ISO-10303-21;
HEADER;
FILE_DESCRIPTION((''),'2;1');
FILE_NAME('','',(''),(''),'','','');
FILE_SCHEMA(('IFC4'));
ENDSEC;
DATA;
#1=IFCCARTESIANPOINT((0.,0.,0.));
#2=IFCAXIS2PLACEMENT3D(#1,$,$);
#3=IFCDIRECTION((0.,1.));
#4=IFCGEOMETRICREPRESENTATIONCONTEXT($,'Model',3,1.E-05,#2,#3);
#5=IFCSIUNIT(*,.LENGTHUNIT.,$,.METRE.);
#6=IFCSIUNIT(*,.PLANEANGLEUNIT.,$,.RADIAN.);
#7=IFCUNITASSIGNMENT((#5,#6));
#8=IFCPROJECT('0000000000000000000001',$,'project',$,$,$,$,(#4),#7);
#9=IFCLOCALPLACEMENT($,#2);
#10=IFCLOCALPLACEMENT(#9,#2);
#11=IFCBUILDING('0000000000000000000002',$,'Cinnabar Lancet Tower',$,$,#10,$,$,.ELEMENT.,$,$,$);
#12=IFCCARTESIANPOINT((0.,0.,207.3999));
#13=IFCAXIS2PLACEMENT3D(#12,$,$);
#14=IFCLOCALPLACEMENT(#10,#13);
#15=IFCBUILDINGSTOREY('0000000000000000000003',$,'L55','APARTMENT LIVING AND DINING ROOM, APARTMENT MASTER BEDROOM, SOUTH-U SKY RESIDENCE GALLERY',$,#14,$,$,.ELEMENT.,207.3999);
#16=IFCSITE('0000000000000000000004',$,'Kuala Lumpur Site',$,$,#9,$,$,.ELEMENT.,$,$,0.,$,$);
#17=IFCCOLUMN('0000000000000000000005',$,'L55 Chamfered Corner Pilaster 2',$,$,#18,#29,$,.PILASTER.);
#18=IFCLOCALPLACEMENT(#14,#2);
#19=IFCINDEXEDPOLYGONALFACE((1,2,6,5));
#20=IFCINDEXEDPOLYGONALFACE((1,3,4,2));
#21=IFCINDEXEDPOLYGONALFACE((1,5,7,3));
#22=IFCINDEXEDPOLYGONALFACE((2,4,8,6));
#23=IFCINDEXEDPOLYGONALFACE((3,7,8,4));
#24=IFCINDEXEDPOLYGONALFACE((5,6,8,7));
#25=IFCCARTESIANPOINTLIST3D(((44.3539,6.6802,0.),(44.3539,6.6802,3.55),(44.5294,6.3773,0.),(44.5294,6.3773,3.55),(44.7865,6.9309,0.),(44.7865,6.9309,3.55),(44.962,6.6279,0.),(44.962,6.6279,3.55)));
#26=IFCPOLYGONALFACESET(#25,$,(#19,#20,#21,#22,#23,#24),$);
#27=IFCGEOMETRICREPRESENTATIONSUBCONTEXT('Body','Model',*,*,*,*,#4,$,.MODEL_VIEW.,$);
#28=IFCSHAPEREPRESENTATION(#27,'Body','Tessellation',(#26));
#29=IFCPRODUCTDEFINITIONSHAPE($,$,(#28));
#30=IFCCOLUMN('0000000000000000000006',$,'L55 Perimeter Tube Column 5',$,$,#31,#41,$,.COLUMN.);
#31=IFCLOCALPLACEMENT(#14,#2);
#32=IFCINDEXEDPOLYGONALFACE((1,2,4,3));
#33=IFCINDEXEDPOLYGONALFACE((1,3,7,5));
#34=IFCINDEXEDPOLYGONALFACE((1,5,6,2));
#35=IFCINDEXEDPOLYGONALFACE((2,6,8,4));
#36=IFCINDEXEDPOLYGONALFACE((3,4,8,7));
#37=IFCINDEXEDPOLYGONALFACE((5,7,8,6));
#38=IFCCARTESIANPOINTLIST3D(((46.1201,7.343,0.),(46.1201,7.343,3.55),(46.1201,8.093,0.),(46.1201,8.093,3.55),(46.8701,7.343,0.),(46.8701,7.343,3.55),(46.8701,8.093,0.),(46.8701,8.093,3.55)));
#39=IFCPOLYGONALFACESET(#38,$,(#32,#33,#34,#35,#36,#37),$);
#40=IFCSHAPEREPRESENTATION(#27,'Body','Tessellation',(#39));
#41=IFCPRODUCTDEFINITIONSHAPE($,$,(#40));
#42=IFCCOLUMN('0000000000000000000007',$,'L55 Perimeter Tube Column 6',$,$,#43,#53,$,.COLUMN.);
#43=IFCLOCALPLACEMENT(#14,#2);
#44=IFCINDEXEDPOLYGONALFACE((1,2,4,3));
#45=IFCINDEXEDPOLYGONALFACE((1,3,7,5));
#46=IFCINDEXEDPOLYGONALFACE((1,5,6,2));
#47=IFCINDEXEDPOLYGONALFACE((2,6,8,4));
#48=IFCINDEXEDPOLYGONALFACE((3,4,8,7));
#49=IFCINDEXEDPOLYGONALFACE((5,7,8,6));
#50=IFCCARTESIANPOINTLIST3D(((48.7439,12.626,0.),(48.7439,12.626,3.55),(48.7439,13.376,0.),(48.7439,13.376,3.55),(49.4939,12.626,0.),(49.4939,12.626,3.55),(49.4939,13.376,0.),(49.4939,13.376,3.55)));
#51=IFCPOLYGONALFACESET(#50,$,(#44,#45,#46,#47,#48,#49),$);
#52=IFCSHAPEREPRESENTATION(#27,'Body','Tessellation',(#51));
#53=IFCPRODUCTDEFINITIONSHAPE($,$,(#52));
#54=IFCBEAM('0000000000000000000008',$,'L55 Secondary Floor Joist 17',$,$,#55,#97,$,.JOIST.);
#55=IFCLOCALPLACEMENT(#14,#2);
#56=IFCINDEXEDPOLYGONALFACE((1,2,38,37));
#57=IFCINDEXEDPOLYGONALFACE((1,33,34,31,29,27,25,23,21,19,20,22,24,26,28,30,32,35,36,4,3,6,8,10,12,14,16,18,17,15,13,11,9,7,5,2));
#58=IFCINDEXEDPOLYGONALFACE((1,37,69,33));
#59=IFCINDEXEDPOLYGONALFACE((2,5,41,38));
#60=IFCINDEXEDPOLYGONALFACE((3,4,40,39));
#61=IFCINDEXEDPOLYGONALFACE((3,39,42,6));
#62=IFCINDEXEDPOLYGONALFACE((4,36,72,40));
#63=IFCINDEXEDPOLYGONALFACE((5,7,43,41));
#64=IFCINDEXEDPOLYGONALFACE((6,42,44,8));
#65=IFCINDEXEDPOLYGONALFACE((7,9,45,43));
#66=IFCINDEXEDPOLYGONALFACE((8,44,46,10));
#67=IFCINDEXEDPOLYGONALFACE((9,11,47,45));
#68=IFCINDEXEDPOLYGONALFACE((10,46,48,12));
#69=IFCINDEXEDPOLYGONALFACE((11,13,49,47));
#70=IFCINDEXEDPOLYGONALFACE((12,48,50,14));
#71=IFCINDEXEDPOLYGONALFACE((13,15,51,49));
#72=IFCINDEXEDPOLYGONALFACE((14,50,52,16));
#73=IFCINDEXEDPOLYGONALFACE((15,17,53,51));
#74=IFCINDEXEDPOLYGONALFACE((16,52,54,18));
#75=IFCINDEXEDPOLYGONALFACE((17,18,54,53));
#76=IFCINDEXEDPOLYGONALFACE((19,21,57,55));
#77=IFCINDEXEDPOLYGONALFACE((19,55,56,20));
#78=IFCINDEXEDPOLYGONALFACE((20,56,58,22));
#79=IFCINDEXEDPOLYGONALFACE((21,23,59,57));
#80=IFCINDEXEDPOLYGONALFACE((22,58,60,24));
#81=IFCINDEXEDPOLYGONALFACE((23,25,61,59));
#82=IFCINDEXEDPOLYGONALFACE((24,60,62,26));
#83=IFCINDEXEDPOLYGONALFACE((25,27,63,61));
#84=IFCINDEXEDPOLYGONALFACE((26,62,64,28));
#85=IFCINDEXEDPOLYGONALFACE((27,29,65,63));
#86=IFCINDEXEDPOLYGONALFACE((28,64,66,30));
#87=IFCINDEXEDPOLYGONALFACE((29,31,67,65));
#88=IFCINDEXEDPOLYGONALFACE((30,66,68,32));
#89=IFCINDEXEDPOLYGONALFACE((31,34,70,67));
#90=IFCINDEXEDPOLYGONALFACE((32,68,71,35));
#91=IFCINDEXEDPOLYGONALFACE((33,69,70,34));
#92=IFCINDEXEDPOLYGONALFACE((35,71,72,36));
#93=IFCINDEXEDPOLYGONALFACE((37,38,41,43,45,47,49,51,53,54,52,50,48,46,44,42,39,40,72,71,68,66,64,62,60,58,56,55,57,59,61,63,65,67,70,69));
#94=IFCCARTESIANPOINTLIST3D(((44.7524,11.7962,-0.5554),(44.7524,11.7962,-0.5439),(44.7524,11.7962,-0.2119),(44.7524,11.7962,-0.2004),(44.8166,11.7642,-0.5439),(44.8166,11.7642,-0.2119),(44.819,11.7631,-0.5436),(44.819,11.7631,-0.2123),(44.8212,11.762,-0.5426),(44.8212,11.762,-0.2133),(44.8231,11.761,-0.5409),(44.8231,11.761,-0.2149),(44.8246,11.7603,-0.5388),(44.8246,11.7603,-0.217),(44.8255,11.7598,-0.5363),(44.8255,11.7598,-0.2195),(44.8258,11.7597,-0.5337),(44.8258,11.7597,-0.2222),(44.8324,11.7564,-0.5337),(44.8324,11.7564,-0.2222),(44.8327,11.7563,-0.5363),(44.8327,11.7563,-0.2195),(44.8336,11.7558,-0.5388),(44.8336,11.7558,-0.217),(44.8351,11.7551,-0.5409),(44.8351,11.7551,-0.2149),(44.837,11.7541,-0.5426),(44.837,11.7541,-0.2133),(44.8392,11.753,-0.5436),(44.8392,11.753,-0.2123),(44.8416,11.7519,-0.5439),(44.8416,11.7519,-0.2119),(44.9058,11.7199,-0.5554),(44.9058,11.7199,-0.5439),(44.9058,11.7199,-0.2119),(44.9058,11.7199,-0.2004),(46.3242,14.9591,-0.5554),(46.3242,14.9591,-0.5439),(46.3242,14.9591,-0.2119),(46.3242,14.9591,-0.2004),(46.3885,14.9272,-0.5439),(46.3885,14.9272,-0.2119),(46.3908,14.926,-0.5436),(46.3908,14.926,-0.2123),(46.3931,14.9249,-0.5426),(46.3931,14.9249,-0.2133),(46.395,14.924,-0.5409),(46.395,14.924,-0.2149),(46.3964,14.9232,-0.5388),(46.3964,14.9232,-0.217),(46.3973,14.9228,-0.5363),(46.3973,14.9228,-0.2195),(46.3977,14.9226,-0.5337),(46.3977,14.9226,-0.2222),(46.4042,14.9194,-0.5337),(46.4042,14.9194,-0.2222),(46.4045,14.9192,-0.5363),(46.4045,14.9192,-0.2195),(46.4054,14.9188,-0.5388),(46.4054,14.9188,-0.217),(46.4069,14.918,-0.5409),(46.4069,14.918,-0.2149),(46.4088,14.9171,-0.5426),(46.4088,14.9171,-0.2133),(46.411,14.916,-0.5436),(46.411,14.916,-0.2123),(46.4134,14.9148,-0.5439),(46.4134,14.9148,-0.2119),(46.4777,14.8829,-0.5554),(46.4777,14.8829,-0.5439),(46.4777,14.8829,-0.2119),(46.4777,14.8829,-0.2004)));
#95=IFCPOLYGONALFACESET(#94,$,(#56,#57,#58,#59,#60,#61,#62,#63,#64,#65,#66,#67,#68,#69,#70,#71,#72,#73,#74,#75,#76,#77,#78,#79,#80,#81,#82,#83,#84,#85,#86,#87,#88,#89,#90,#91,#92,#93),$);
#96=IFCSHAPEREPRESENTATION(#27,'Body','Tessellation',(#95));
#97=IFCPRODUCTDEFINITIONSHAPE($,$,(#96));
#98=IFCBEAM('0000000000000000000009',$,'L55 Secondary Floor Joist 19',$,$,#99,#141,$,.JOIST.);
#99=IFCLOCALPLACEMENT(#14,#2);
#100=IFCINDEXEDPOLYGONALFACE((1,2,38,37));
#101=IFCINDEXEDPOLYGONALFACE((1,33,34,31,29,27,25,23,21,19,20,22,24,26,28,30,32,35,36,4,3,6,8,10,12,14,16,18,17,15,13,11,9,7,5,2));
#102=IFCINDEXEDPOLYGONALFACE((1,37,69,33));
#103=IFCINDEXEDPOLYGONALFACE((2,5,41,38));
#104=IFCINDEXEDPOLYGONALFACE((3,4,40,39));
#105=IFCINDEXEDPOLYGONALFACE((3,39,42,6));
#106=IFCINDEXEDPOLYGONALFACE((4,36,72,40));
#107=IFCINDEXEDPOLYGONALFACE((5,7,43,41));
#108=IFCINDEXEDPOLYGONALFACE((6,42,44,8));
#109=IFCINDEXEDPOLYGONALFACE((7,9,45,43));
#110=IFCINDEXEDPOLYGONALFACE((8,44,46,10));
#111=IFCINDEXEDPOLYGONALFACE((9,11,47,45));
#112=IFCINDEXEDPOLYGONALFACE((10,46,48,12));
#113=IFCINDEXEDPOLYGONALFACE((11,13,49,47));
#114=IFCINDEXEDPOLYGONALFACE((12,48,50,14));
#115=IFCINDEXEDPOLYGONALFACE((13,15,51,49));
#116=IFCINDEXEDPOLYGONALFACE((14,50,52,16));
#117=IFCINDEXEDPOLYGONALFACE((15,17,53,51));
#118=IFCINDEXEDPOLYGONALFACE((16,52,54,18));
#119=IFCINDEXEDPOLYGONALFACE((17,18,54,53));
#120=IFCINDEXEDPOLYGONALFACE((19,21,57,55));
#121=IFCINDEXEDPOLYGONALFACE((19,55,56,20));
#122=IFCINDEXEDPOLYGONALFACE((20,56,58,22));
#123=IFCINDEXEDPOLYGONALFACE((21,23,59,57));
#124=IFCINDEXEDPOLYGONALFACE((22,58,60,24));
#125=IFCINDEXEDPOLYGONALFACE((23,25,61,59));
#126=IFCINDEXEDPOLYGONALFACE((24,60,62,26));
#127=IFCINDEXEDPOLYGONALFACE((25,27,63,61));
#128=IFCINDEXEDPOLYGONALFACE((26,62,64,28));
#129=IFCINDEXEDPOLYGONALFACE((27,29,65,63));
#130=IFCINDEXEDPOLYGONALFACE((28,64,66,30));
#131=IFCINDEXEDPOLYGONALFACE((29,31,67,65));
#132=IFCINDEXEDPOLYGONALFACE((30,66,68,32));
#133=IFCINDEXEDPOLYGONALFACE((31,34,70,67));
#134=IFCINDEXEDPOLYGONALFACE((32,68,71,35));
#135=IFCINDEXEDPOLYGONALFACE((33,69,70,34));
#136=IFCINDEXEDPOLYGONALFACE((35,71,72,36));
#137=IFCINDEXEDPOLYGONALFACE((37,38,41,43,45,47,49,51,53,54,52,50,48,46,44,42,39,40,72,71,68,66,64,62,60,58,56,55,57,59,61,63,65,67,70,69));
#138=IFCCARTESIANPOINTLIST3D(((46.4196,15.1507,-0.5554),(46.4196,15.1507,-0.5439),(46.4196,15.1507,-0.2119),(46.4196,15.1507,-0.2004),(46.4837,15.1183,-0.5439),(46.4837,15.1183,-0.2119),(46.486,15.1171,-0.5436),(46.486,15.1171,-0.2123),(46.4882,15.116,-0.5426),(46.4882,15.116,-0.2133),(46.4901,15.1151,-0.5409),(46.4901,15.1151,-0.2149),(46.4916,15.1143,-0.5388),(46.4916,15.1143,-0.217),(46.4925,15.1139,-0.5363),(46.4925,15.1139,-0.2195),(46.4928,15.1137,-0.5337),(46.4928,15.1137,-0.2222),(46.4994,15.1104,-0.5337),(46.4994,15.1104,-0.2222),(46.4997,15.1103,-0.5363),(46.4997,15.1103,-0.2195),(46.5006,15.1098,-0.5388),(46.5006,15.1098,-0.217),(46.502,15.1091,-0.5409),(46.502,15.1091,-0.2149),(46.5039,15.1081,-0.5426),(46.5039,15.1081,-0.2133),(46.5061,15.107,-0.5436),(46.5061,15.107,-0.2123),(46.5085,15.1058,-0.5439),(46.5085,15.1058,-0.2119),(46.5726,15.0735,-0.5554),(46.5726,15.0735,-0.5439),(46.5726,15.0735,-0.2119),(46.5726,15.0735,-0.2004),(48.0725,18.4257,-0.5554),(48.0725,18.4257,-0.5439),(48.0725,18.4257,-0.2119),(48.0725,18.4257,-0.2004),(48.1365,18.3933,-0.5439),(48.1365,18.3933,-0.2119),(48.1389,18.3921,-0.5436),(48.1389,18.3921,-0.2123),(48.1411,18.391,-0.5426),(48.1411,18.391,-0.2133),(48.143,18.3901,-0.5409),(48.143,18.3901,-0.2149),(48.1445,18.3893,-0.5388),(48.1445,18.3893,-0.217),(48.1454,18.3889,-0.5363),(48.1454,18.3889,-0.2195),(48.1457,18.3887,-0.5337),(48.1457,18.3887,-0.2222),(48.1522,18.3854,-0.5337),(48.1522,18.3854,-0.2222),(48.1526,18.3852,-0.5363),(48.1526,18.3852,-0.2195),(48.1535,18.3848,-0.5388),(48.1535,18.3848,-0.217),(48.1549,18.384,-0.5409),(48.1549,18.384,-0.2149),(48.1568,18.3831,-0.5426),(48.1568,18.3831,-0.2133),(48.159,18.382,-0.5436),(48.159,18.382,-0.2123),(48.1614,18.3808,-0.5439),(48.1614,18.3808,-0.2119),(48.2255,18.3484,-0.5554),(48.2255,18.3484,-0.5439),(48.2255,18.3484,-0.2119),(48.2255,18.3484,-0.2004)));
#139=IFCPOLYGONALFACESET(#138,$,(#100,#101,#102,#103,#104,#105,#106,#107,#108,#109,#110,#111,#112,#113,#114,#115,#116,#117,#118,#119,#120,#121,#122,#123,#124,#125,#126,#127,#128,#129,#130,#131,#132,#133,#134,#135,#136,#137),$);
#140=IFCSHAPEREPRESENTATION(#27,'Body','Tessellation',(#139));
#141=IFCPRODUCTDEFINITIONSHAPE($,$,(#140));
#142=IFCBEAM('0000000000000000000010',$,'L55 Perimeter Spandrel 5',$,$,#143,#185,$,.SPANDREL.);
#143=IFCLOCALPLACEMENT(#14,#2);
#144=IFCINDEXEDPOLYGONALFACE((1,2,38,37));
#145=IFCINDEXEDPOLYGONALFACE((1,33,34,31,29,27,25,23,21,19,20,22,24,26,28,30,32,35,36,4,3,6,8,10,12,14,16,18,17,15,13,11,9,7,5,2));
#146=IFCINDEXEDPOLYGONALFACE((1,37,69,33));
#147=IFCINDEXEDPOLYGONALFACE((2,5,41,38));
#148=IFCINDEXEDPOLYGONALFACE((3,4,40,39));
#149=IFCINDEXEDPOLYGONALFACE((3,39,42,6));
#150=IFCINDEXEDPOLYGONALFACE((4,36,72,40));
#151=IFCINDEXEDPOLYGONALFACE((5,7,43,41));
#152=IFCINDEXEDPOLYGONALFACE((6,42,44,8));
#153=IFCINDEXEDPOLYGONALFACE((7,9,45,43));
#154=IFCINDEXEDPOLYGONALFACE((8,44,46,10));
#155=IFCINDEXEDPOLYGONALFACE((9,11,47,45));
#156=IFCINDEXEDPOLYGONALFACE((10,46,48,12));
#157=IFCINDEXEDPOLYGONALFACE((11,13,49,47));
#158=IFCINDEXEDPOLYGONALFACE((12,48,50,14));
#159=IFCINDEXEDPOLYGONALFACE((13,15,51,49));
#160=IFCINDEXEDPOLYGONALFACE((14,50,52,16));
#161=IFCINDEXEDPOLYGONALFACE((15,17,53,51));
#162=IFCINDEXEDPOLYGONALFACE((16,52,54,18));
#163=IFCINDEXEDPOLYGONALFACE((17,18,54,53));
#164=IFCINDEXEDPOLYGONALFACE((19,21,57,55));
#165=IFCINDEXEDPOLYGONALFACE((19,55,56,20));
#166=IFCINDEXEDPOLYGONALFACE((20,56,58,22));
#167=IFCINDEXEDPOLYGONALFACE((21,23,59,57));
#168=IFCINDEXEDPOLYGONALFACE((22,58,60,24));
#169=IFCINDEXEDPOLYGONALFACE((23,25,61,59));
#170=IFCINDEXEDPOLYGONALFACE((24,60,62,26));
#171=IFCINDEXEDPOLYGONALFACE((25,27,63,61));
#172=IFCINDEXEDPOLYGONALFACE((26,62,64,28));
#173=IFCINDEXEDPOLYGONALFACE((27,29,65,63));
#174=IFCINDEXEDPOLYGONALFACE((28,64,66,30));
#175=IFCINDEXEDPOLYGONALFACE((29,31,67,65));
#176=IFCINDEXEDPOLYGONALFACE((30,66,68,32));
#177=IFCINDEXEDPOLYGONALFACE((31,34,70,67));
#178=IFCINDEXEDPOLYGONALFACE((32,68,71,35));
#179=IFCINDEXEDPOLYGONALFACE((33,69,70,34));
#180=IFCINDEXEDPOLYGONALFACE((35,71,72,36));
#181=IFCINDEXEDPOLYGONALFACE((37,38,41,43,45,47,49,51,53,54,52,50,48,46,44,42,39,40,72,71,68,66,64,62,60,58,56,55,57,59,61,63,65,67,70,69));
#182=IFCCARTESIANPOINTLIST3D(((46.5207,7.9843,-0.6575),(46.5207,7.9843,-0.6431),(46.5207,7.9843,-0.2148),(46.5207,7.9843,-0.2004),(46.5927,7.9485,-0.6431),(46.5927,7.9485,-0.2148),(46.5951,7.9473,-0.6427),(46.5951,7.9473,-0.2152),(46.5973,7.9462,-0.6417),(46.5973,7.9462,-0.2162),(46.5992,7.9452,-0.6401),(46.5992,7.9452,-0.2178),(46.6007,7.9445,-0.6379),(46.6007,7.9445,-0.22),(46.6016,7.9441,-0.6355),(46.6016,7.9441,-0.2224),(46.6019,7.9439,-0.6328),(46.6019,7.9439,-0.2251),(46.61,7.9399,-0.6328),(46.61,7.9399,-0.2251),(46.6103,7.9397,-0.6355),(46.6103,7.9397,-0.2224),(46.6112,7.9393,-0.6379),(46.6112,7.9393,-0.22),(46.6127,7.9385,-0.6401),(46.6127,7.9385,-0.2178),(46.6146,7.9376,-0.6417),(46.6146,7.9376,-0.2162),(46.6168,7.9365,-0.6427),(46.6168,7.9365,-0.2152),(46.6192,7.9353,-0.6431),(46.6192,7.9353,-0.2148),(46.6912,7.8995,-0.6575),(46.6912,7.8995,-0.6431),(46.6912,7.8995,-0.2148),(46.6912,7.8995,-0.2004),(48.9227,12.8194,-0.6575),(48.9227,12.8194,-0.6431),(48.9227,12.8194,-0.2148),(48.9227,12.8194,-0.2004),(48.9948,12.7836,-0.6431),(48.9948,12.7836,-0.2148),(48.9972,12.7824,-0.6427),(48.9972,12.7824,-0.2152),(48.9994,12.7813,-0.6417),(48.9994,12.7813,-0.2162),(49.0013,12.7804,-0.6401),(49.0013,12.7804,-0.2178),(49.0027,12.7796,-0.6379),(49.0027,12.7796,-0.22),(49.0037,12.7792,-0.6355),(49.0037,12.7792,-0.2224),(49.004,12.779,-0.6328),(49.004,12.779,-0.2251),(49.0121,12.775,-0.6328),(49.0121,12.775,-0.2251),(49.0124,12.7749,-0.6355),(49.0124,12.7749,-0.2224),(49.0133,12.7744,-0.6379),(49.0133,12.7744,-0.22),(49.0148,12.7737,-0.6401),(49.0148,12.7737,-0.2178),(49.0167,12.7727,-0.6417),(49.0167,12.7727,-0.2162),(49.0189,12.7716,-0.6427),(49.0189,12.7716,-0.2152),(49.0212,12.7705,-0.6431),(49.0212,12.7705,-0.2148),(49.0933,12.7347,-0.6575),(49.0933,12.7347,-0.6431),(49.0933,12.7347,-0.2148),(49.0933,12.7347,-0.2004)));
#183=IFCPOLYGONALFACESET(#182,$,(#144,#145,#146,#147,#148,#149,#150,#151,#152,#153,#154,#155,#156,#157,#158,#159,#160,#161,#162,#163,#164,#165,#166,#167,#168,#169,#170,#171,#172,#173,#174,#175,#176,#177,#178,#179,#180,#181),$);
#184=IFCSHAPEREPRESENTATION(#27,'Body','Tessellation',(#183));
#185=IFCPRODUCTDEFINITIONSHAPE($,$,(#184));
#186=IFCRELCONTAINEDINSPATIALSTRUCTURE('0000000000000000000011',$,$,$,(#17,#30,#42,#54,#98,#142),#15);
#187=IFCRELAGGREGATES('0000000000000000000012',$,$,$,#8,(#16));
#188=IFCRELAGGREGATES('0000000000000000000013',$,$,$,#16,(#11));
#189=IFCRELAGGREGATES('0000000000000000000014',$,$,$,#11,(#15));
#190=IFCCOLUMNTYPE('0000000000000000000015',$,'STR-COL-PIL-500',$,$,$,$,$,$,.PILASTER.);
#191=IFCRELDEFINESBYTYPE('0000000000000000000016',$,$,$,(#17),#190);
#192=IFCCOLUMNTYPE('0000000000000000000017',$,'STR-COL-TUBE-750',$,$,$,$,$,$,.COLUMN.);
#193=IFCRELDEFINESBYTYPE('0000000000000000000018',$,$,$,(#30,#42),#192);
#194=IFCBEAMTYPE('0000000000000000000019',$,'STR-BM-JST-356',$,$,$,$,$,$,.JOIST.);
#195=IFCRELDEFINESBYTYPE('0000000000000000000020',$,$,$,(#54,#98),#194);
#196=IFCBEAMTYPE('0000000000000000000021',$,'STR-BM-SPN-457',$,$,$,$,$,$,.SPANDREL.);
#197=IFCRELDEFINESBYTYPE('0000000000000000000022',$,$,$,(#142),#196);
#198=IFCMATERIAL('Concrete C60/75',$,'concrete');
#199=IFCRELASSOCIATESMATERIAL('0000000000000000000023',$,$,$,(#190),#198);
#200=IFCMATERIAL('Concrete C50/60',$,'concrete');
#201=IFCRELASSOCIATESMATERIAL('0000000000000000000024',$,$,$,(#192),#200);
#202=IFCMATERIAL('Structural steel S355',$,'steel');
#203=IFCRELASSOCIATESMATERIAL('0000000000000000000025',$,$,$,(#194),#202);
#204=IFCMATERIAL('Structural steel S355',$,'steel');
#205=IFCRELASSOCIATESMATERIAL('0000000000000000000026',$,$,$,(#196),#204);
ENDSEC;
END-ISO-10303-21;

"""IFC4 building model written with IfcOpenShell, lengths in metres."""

from ifc_helpers import new_model, si_unit, direction, frame, origin, origin_2d, place, context, subcontext, project, spatial, rectangle, i_section, extrude, material, material_profile, profile_set, type_object, element, save


model = new_model("IFC4")

# Units and contexts
model_context = context("Model", 3, precision=1e-05, world=origin(), true_north=direction((0.0, 1.0)))
body_context = subcontext(model_context, "Body", "Model", "MODEL_VIEW")
ifc_project = project(units=[si_unit("LENGTHUNIT", "METRE"), si_unit("PLANEANGLEUNIT", "RADIAN")], contexts=[model_context])

# Site, building, storey
site_placement = place(None, origin())
site = spatial("IfcSite", under=ifc_project, at=site_placement, Name="Kuala Lumpur Site", CompositionType="ELEMENT", RefElevation=0.0)
building_placement = place(site_placement, origin())
building = spatial("IfcBuilding", under=site, at=building_placement, Name="Cinnabar Lancet Tower", CompositionType="ELEMENT")
storey_placement = place(building_placement, frame((0.0, 0.0, 207.3999)))
storey = spatial("IfcBuildingStorey", under=building, at=storey_placement, Name="L55", Description="APARTMENT LIVING AND DINING ROOM, APARTMENT MASTER BEDROOM, SOUTH-U SKY RESIDENCE GALLERY", CompositionType="ELEMENT", Elevation=207.3999)

# Columns
ifc_material_1 = material(Name="Concrete C60/75", Category="concrete")
ifc_material_profile_1 = material_profile(ifc_material_1, rectangle(XDim=0.5, YDim=0.3501, at=origin_2d()), Name="RC-PIL 500x350")
ifc_profile_set_1 = profile_set([ifc_material_profile_1], Name="Concrete C60/75")
column_type_1 = type_object("IfcColumnType", Name="STR-COL-PIL-500", PredefinedType="PILASTER", material=ifc_profile_set_1)
column_placement = place(storey_placement, frame((44.658, 6.6541, 0.0), z_axis=(0.0, 0.0, 1.0), x_axis=(0.86523, 0.501375, 0.0)))
element("IfcColumn", 1, at=column_placement, inside=storey, type_object=column_type_1, Name="L55 Chamfered Corner Pilaster 2", PredefinedType="PILASTER", context=body_context, shape_type="SweptSolid", body=[
    extrude(rectangle(XDim=0.5, YDim=0.3501, at=origin_2d()), origin(), (0.0, 0.0, 1.0), 3.55),
])
ifc_material_2 = material(Name="Concrete C50/60", Category="concrete")
ifc_material_profile_2 = material_profile(ifc_material_2, rectangle(XDim=0.75, YDim=0.75, at=origin_2d()), Name="RC-COL 750x750")
ifc_profile_set_2 = profile_set([ifc_material_profile_2], Name="Concrete C50/60")
column_type_2 = type_object("IfcColumnType", Name="STR-COL-TUBE-750", PredefinedType="COLUMN", material=ifc_profile_set_2)
for number, where, z_axis, x_axis, name in (
    (2, (46.4951, 7.718, 0.0), (0.0, 0.0, 1.0), (1.0, 0.0, 0.0), "L55 Perimeter Tube Column 5"),
    (3, (49.1189, 13.001, 0.0), (0.0, 0.0, 1.0), (1.0, 0.0, 0.0), "L55 Perimeter Tube Column 6"),
):
    element("IfcColumn", number, at=place(storey_placement, frame(where, z_axis=z_axis, x_axis=x_axis)), inside=storey, type_object=column_type_2, Name=name, PredefinedType="COLUMN", context=body_context, shape_type="SweptSolid", body=[
        extrude(rectangle(XDim=0.75, YDim=0.75, at=origin_2d()), origin(), (0.0, 0.0, 1.0), 3.55),
    ])

# Beams
ifc_material_3 = material(Name="Structural steel S355", Category="steel")
ifc_material_profile_3 = material_profile(ifc_material_3, i_section(OverallWidth=0.1714, OverallDepth=0.355, WebThickness=0.0073, FlangeThickness=0.0115, FilletRadius=0.0103, at=origin_2d()), Name="UKB 356x171x51")
ifc_profile_set_3 = profile_set([ifc_material_profile_3], Name="Structural steel S355")
beam_type_1 = type_object("IfcBeamType", Name="STR-BM-JST-356", PredefinedType="JOIST", material=ifc_profile_set_3)
beam_1_placement = place(storey_placement, frame((44.8291, 11.7581, -0.3779), z_axis=(0.445028, 0.895517, 0.0), x_axis=(-0.895517, 0.445028, 0.0)))
element("IfcBeam", 4, at=beam_1_placement, inside=storey, type_object=beam_type_1, Name="L55 Secondary Floor Joist 17", PredefinedType="JOIST", context=body_context, shape_type="SweptSolid", body=[
    extrude(i_section(OverallWidth=0.1714, OverallDepth=0.355, WebThickness=0.0073, FlangeThickness=0.0115, FilletRadius=0.0103, at=origin_2d()), origin(), (0.0, 0.0, 1.0), 3.532),
])
beam_2_placement = place(storey_placement, frame((46.4961, 15.1121, -0.3779), z_axis=(0.450565, 0.892744, 0.0), x_axis=(-0.892744, 0.450565, 0.0)))
element("IfcBeam", 5, at=beam_2_placement, inside=storey, type_object=beam_type_1, Name="L55 Secondary Floor Joist 19", PredefinedType="JOIST", context=body_context, shape_type="SweptSolid", body=[
    extrude(i_section(OverallWidth=0.1714, OverallDepth=0.355, WebThickness=0.0073, FlangeThickness=0.0115, FilletRadius=0.0103, at=origin_2d()), origin(), (0.0, 0.0, 1.0), 3.6685),
])
ifc_material_4 = material(Name="Structural steel S355", Category="steel")
ifc_material_profile_4 = material_profile(ifc_material_4, i_section(OverallWidth=0.1904, OverallDepth=0.457, WebThickness=0.009, FlangeThickness=0.0144, FilletRadius=0.0103, at=origin_2d()), Name="UKB 457x191x74")
ifc_profile_set_4 = profile_set([ifc_material_profile_4], Name="Structural steel S355")
beam_type_2 = type_object("IfcBeamType", Name="STR-BM-SPN-457", PredefinedType="SPANDREL", material=ifc_profile_set_4)
beam_3_placement = place(storey_placement, frame((46.606, 7.9419, -0.429), z_axis=(0.444915, 0.895573, 0.0), x_axis=(-0.895573, 0.444915, 0.0)))
element("IfcBeam", 6, at=beam_3_placement, inside=storey, type_object=beam_type_2, Name="L55 Perimeter Spandrel 5", PredefinedType="SPANDREL", context=body_context, shape_type="SweptSolid", body=[
    extrude(i_section(OverallWidth=0.1904, OverallDepth=0.457, WebThickness=0.009, FlangeThickness=0.0144, FilletRadius=0.0103, at=origin_2d()), origin(), (0.0, 0.0, 1.0), 5.3989),
])

save(model, "model.ifc")
